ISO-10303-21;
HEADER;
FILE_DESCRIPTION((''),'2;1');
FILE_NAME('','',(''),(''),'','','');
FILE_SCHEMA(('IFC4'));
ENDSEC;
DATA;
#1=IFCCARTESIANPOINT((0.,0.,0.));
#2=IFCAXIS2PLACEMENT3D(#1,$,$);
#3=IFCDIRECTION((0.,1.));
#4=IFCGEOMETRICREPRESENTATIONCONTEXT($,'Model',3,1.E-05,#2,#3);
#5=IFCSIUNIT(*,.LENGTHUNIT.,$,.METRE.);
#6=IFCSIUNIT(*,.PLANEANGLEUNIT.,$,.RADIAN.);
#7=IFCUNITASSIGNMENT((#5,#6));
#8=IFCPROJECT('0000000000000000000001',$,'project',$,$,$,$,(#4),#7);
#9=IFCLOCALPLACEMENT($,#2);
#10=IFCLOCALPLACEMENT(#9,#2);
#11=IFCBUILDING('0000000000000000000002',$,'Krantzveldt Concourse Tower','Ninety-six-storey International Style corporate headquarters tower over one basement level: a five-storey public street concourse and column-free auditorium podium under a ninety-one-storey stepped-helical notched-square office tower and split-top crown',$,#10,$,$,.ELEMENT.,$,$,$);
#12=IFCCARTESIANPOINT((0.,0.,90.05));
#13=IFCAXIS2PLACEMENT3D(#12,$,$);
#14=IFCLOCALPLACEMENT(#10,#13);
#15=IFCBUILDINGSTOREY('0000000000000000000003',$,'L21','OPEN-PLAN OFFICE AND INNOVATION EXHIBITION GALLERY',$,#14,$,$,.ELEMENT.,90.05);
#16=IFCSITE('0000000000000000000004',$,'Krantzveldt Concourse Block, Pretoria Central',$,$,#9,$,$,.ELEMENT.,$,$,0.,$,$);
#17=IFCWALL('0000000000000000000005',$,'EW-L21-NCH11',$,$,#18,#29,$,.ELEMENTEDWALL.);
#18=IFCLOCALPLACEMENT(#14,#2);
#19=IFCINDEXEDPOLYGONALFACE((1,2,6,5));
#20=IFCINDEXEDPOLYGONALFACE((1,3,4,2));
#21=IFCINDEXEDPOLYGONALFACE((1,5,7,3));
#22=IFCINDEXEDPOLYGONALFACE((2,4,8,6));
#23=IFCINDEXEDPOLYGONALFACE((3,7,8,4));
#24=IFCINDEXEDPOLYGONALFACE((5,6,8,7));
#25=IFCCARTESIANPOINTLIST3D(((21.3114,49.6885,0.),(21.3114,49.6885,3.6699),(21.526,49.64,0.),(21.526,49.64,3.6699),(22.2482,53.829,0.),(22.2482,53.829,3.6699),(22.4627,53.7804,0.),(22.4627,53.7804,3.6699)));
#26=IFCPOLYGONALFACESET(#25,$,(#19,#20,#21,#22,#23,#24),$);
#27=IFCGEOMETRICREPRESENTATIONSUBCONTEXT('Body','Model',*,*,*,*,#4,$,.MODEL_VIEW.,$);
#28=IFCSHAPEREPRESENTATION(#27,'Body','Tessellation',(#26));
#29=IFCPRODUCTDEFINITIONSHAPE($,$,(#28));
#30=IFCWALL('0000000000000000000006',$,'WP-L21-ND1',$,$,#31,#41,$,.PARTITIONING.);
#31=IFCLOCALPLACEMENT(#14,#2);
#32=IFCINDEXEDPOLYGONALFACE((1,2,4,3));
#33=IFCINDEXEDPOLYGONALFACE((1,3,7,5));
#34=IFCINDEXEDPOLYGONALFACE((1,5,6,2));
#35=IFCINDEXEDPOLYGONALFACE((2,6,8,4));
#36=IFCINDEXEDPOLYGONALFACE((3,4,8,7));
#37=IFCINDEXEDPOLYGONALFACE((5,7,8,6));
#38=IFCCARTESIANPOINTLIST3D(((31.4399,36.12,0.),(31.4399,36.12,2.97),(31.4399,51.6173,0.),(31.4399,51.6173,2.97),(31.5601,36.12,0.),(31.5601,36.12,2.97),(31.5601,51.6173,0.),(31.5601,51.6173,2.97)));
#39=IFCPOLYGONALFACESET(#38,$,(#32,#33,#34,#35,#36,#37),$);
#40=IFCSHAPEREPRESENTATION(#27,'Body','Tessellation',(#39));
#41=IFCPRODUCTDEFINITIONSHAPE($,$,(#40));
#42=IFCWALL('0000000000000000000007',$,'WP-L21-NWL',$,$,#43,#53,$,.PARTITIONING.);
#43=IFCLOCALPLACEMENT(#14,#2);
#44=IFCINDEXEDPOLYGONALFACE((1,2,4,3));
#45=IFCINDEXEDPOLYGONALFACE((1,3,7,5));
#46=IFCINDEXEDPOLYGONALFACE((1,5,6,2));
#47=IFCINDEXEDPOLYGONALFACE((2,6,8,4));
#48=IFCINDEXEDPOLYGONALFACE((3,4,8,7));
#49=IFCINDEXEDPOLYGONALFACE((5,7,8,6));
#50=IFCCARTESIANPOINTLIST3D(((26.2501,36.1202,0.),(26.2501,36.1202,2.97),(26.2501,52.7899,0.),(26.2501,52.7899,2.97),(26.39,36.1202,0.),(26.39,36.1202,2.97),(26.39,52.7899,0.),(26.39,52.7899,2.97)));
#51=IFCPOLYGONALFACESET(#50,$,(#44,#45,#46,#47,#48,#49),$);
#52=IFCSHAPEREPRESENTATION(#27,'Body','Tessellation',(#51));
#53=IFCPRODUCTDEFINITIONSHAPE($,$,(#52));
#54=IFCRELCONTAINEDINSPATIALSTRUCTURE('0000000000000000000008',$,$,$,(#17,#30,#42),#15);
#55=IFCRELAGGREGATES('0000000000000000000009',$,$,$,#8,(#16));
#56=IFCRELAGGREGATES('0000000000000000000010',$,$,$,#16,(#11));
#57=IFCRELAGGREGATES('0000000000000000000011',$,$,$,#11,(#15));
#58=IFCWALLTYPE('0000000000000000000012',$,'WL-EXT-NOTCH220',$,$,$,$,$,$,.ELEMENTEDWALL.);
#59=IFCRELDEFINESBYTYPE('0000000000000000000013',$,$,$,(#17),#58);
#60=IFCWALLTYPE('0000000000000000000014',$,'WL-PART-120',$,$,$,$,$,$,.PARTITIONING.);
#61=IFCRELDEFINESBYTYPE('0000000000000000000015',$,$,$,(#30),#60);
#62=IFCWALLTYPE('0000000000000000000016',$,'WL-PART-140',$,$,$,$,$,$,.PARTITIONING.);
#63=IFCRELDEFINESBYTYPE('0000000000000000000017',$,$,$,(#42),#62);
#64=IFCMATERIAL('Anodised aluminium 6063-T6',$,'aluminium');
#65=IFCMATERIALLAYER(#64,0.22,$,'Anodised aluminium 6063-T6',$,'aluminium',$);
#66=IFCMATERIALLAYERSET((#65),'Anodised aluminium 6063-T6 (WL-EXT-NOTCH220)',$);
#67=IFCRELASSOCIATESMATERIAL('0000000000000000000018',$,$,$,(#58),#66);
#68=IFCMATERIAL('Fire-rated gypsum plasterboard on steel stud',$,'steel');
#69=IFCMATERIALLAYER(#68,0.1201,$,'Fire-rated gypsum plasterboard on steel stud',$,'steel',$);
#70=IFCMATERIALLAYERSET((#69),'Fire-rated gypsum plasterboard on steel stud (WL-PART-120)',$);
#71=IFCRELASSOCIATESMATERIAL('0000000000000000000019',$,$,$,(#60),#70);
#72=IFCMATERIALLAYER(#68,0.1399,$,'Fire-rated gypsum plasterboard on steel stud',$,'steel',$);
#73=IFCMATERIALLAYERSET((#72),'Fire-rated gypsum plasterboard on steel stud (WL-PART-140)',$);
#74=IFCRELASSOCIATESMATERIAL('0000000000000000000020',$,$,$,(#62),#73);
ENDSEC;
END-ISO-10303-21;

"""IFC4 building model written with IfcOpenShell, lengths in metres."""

from ifc_helpers import new_model, si_unit, direction, frame, frame_2d, origin, place, context, subcontext, project, spatial, rectangle, extrude, material, layer, layer_set, type_object, element, save


model = new_model("IFC4")

# Units and contexts
model_context = context("Model", 3, precision=1e-05, world=origin(), true_north=direction((0.0, 1.0)))
body_context = subcontext(model_context, "Body", "Model", "MODEL_VIEW")
ifc_project = project(units=[si_unit("LENGTHUNIT", "METRE"), si_unit("PLANEANGLEUNIT", "RADIAN")], contexts=[model_context])

# Site, building, storey
site_placement = place(None, origin())
site = spatial("IfcSite", under=ifc_project, at=site_placement, Name="Krantzveldt Concourse Block, Pretoria Central", CompositionType="ELEMENT", RefElevation=0.0)
building_placement = place(site_placement, origin())
building = spatial("IfcBuilding", under=site, at=building_placement, Name="Krantzveldt Concourse Tower", Description="Ninety-six-storey International Style corporate headquarters tower over one basement level: a five-storey public street concourse and column-free auditorium podium under a ninety-one-storey stepped-helical notched-square office tower and split-top crown", CompositionType="ELEMENT")
storey_placement = place(building_placement, frame((0.0, 0.0, 90.05)))
storey = spatial("IfcBuildingStorey", under=building, at=storey_placement, Name="L21", Description="OPEN-PLAN OFFICE AND INNOVATION EXHIBITION GALLERY", CompositionType="ELEMENT", Elevation=90.05)

# Shared definitions
ifc_material_1 = material(Name="Anodised aluminium 6063-T6", Category="aluminium")

# Walls
ifc_layer_1 = layer(ifc_material_1, 0.22, Name="Anodised aluminium 6063-T6", Category="aluminium")
ifc_layer_set_1 = layer_set([ifc_layer_1], Name="Anodised aluminium 6063-T6 (WL-EXT-NOTCH220)")
wall_type_1 = type_object("IfcWallType", Name="WL-EXT-NOTCH220", PredefinedType="ELEMENTEDWALL", material=ifc_layer_set_1)
wall_1_placement = place(storey_placement, frame((22.3555, 53.8047, 0.0), z_axis=(0.0, 0.0, 1.0), x_axis=(-0.220674, -0.975348, 0.0)))
element("IfcWall", 1, at=wall_1_placement, inside=storey, type_object=wall_type_1, Name="EW-L21-NCH11", PredefinedType="ELEMENTEDWALL", context=body_context, shape_type="SweptSolid", body=[
    extrude(rectangle(XDim=4.2451, YDim=0.22, at=frame_2d((2.1226, 0.0))), origin(), (0.0, 0.0, 1.0), 3.6699),
])
ifc_material_2 = material(Name="Fire-rated gypsum plasterboard on steel stud", Category="steel")
ifc_layer_2 = layer(ifc_material_2, 0.1201, Name="Fire-rated gypsum plasterboard on steel stud", Category="steel")
ifc_layer_set_2 = layer_set([ifc_layer_2], Name="Fire-rated gypsum plasterboard on steel stud (WL-PART-120)")
wall_type_2 = type_object("IfcWallType", Name="WL-PART-120", PredefinedType="PARTITIONING", material=ifc_layer_set_2)
wall_2_placement = place(storey_placement, frame((31.5, 36.1201, 0.0), z_axis=(0.0, 0.0, 1.0), x_axis=(0.0, 1.0, 0.0)))
element("IfcWall", 2, at=wall_2_placement, inside=storey, type_object=wall_type_2, Name="WP-L21-ND1", PredefinedType="PARTITIONING", context=body_context, shape_type="SweptSolid", body=[
    extrude(rectangle(XDim=15.4973, YDim=0.1201, at=frame_2d((7.7485, 0.0))), origin(), (0.0, 0.0, 1.0), 2.97),
])
ifc_layer_3 = layer(ifc_material_2, 0.1399, Name="Fire-rated gypsum plasterboard on steel stud", Category="steel")
ifc_layer_set_3 = layer_set([ifc_layer_3], Name="Fire-rated gypsum plasterboard on steel stud (WL-PART-140)")
wall_type_3 = type_object("IfcWallType", Name="WL-PART-140", PredefinedType="PARTITIONING", material=ifc_layer_set_3)
wall_3_placement = place(storey_placement, frame((26.3201, 36.1201, 0.0), z_axis=(0.0, 0.0, 1.0), x_axis=(0.0, 1.0, 0.0)))
element("IfcWall", 3, at=wall_3_placement, inside=storey, type_object=wall_type_3, Name="WP-L21-NWL", PredefinedType="PARTITIONING", context=body_context, shape_type="SweptSolid", body=[
    extrude(rectangle(XDim=16.6697, YDim=0.1399, at=frame_2d((8.335, 0.0))), origin(), (0.0, 0.0, 1.0), 2.97),
])

save(model, "model.ifc")
